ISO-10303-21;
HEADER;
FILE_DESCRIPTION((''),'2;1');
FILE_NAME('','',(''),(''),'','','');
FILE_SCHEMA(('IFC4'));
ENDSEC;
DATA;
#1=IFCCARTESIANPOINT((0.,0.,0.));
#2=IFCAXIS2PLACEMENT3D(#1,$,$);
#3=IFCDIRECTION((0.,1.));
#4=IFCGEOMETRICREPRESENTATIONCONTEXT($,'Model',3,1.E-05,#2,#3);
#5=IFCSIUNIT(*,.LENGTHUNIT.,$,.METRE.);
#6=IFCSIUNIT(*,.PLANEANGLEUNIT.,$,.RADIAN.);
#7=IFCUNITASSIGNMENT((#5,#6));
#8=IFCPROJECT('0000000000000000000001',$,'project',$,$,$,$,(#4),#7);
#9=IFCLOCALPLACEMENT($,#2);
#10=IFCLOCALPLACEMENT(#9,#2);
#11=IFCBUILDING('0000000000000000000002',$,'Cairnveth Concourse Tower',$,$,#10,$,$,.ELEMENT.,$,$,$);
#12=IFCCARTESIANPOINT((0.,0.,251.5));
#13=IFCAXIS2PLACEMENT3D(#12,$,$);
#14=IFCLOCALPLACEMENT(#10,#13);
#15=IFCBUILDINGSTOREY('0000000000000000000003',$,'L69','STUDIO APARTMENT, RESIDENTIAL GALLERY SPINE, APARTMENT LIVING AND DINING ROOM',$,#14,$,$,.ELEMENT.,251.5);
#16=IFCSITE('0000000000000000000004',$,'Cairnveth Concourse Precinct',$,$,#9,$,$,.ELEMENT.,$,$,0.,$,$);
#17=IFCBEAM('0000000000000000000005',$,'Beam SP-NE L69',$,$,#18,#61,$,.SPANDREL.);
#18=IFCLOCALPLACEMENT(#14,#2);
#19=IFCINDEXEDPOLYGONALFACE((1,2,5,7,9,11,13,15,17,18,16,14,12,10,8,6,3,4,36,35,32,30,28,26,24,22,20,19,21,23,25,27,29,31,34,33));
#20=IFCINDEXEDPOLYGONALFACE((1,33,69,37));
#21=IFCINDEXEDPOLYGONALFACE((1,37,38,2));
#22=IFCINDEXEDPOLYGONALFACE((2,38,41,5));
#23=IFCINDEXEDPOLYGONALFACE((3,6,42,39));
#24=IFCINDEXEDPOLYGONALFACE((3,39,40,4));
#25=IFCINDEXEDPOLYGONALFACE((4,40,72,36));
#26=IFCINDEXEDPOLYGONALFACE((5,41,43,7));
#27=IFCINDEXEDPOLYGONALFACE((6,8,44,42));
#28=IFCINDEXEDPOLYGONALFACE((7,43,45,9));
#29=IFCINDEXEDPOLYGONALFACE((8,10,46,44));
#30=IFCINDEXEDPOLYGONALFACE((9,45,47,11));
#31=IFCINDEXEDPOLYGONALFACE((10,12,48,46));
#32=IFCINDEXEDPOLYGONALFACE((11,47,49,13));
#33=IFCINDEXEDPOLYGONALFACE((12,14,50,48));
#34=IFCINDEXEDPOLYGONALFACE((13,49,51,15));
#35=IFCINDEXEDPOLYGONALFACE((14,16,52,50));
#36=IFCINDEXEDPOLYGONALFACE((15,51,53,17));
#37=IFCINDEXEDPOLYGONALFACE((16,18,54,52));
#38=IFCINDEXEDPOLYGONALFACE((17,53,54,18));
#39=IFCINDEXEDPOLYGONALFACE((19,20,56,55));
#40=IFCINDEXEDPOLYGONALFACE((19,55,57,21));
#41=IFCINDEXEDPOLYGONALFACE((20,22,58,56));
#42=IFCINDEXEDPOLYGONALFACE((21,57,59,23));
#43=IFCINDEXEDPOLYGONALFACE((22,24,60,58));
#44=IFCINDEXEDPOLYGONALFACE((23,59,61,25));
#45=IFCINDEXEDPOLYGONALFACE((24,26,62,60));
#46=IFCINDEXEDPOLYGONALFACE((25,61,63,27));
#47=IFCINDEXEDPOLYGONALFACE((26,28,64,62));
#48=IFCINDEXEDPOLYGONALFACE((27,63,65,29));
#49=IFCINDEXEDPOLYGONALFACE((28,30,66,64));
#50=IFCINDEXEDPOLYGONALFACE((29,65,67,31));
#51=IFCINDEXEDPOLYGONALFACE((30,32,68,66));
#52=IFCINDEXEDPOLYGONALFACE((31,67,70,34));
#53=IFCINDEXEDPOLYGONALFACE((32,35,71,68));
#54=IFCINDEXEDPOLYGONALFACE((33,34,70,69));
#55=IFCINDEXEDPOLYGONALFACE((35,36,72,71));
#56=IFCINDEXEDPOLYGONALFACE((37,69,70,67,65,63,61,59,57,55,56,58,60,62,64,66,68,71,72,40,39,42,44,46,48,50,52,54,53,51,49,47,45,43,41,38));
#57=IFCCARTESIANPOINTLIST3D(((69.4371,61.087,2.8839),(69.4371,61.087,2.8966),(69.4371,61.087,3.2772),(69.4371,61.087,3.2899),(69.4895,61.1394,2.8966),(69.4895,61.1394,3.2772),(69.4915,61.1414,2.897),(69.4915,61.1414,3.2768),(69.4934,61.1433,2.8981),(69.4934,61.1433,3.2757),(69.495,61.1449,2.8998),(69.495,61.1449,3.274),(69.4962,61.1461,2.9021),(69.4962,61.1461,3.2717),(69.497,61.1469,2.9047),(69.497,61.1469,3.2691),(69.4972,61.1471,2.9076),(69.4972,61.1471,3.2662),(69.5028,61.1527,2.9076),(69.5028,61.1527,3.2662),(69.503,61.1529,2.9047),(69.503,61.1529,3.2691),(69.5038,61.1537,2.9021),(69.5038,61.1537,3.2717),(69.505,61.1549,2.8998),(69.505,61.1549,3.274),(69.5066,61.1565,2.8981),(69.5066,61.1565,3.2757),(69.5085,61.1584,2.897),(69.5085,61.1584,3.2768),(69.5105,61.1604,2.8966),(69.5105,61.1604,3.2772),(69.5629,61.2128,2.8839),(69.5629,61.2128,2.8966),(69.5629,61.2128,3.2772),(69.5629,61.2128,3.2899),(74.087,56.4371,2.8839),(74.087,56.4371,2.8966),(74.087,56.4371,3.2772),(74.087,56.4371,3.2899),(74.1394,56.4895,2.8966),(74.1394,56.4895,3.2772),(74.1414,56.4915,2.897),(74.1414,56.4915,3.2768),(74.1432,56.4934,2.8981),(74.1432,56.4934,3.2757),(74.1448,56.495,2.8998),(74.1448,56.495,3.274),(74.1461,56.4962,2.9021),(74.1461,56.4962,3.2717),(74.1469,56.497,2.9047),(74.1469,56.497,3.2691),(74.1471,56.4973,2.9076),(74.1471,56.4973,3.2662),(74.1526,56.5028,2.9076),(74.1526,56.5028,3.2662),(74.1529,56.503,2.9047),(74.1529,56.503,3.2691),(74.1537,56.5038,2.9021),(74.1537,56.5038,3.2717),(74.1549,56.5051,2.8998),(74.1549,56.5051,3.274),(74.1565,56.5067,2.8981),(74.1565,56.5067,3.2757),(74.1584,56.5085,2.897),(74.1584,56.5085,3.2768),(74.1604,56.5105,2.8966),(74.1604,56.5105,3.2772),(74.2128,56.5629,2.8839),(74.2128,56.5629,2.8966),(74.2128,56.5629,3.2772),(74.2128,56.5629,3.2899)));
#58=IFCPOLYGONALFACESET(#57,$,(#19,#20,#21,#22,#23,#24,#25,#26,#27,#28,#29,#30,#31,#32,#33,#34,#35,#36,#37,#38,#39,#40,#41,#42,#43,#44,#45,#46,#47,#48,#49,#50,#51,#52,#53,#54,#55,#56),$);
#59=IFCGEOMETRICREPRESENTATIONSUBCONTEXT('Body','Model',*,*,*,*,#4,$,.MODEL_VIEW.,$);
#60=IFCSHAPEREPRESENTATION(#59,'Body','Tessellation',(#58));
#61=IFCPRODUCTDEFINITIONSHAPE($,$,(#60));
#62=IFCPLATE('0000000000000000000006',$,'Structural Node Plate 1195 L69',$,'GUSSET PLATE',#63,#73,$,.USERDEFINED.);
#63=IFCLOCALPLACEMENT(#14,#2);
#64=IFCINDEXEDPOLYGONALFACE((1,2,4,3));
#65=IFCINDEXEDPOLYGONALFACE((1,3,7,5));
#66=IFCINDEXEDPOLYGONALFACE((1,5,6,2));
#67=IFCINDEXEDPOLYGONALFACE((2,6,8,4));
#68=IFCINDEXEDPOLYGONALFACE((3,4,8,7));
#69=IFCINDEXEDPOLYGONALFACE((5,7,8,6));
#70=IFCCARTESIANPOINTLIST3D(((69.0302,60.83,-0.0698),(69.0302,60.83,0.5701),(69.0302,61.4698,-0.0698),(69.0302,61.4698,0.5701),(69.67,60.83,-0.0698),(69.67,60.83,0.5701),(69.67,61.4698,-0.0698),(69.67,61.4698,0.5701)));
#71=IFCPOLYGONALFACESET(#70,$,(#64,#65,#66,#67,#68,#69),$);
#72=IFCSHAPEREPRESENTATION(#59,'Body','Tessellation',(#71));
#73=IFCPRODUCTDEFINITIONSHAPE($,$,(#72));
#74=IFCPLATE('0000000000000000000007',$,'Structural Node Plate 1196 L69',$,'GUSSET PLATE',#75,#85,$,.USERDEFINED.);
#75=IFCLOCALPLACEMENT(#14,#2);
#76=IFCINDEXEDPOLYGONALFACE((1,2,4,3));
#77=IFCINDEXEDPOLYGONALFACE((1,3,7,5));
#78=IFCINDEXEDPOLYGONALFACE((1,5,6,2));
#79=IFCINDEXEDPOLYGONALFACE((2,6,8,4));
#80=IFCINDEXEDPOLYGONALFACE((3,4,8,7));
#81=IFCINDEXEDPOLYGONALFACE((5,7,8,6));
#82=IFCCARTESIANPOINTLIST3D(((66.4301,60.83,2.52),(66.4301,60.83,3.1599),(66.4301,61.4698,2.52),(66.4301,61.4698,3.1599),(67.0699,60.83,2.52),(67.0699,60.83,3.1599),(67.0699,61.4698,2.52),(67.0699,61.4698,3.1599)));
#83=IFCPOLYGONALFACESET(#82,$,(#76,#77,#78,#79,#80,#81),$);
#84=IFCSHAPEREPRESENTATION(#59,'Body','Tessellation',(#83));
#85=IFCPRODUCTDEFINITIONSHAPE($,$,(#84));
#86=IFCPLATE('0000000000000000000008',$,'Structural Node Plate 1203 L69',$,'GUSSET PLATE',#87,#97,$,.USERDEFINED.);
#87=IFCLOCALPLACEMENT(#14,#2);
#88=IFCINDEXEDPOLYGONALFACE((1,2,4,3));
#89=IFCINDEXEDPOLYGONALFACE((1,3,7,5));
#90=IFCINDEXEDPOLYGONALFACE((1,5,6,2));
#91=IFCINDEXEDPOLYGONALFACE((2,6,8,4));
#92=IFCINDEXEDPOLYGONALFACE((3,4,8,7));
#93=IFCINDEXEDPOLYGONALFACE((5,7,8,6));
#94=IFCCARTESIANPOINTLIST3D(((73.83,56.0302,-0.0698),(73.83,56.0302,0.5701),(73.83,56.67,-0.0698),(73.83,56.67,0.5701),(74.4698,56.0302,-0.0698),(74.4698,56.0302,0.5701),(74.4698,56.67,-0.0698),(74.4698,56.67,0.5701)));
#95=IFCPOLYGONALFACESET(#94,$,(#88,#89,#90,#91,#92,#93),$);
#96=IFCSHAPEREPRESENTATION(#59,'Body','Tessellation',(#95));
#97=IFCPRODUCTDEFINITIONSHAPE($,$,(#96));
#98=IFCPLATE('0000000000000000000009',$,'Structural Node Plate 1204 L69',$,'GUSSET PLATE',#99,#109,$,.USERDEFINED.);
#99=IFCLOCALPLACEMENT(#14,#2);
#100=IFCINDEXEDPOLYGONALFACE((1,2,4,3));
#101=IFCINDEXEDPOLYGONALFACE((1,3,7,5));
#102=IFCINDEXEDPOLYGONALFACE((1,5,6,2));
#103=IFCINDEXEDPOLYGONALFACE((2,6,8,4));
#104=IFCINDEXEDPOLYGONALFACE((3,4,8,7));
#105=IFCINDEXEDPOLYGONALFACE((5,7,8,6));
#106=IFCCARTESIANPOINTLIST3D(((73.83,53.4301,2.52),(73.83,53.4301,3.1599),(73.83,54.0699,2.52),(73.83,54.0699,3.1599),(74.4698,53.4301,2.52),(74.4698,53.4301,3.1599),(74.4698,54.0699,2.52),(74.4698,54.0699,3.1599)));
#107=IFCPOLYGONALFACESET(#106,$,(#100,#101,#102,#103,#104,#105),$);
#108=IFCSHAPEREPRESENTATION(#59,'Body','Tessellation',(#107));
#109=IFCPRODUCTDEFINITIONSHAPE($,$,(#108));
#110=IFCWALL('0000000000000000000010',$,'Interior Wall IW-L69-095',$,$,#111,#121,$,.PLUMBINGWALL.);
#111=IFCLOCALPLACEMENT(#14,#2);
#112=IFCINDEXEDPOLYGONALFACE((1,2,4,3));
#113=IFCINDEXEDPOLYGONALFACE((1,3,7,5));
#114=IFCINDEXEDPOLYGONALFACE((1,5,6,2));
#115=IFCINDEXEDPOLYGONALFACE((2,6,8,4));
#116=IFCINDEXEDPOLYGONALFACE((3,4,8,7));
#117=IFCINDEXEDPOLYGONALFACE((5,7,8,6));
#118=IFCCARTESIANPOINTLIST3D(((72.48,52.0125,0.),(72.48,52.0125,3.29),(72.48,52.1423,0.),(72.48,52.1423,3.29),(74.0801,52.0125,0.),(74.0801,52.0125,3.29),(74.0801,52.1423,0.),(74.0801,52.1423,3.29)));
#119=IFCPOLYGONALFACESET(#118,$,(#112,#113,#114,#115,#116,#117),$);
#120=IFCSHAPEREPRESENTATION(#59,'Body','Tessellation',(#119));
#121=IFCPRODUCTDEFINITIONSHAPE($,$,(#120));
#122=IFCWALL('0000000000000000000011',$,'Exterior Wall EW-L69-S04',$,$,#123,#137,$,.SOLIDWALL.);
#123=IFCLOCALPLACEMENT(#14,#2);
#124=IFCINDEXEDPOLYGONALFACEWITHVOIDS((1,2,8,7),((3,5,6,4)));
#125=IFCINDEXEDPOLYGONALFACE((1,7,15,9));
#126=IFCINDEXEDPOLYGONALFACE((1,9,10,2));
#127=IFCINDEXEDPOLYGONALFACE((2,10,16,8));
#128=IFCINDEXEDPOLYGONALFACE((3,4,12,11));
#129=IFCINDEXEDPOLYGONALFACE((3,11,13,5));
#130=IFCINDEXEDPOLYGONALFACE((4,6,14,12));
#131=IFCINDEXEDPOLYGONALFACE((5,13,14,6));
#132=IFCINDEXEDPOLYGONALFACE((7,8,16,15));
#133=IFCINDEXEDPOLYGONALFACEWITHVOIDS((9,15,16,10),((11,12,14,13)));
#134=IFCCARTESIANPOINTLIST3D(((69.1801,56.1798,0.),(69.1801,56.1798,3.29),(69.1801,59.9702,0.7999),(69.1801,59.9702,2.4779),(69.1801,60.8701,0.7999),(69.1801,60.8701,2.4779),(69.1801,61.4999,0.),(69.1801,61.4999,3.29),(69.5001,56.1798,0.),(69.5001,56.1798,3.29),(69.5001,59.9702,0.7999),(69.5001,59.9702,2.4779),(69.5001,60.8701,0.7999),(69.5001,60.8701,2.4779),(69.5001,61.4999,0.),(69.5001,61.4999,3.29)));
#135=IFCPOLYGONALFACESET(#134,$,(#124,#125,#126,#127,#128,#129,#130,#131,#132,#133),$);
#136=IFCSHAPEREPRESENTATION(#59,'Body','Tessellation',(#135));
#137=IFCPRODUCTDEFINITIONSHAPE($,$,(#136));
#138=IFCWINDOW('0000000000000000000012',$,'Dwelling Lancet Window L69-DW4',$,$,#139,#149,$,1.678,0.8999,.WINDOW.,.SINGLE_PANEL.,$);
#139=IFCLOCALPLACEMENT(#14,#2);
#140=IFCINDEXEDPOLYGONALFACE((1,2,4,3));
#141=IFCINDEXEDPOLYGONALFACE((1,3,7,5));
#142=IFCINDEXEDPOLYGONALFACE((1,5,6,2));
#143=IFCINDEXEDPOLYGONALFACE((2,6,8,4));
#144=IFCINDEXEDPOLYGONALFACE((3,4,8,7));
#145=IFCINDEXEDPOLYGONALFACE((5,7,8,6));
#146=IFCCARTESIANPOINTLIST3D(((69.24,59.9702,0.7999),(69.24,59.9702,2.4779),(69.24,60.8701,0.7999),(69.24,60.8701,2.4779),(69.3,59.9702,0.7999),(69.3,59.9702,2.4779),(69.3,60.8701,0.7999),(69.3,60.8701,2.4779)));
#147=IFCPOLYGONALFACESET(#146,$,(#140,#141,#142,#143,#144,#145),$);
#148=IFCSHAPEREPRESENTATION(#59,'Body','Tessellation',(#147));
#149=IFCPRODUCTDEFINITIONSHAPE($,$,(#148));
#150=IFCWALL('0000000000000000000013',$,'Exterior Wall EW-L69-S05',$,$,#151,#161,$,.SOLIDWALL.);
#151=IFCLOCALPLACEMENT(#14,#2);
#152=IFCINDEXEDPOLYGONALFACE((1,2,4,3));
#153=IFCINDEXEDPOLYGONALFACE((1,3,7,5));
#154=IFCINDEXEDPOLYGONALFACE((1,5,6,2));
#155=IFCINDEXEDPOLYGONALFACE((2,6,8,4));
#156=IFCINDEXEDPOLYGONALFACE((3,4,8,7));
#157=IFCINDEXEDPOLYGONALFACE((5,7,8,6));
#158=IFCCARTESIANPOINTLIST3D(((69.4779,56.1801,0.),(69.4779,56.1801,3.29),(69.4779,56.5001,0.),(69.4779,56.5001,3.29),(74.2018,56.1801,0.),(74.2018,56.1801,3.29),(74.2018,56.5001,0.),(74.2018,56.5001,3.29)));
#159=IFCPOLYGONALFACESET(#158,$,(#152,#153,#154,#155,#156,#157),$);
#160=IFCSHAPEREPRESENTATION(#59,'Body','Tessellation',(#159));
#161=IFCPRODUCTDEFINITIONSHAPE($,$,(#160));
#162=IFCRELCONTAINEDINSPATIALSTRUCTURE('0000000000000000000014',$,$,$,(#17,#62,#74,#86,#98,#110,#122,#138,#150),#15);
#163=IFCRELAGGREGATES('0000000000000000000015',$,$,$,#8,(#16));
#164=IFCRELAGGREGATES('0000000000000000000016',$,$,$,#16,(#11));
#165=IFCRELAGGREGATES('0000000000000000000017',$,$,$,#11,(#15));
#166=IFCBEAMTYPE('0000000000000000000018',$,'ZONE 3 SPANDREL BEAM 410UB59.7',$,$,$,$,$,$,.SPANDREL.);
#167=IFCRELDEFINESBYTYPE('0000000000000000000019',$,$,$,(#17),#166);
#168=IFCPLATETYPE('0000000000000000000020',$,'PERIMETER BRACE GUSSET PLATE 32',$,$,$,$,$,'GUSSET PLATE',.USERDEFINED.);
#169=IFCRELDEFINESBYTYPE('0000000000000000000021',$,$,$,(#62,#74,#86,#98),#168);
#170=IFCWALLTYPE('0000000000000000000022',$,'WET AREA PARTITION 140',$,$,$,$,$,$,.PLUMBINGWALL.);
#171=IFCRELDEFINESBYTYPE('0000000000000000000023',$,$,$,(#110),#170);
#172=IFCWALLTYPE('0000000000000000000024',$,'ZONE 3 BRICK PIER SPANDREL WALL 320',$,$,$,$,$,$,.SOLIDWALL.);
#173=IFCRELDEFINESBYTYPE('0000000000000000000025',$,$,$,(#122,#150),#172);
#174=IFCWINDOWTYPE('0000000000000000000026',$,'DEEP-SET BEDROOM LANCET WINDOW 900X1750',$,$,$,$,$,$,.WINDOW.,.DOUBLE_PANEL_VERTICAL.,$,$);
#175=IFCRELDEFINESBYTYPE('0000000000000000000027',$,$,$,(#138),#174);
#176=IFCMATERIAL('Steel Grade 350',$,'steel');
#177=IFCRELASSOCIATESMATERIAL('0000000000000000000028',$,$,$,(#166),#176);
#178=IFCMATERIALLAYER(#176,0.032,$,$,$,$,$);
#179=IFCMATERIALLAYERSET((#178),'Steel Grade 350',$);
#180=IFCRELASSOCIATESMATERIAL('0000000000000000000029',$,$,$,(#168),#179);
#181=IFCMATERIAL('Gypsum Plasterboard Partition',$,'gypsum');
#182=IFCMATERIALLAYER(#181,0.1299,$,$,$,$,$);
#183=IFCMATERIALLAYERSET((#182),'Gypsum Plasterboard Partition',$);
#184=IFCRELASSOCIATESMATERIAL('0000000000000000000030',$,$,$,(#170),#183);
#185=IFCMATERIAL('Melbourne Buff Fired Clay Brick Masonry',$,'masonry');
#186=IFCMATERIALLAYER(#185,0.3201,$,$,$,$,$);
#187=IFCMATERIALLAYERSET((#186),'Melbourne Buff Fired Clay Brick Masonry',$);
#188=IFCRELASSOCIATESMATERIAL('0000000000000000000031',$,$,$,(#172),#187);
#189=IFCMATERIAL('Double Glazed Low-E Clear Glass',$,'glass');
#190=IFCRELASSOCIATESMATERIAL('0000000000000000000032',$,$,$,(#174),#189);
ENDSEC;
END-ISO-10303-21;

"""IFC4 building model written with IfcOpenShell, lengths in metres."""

from ifc_helpers import new_model, si_unit, direction, frame, frame_2d, origin, origin_2d, place, context, subcontext, project, spatial, rectangle, i_section, extrude, material, layer, layer_set, material_profile, profile_set, type_object, element, fill, save


model = new_model("IFC4")

# Units and contexts
model_context = context("Model", 3, precision=1e-05, world=origin(), true_north=direction((0.0, 1.0)))
body_context = subcontext(model_context, "Body", "Model", "MODEL_VIEW")
ifc_project = project(units=[si_unit("LENGTHUNIT", "METRE"), si_unit("PLANEANGLEUNIT", "RADIAN")], contexts=[model_context])

# Site, building, storey
site_placement = place(None, origin())
site = spatial("IfcSite", under=ifc_project, at=site_placement, Name="Cairnveth Concourse Precinct", CompositionType="ELEMENT", RefElevation=0.0)
building_placement = place(site_placement, origin())
building = spatial("IfcBuilding", under=site, at=building_placement, Name="Cairnveth Concourse Tower", CompositionType="ELEMENT")
storey_placement = place(building_placement, frame((0.0, 0.0, 251.5)))
storey = spatial("IfcBuildingStorey", under=building, at=storey_placement, Name="L69", Description="STUDIO APARTMENT, RESIDENTIAL GALLERY SPINE, APARTMENT LIVING AND DINING ROOM", CompositionType="ELEMENT", Elevation=251.5)

# Shared definitions
ifc_material_1 = material(Name="Steel Grade 350", Category="steel")

# Beam
ifc_material_profile_1 = material_profile(ifc_material_1, i_section(OverallWidth=0.178, OverallDepth=0.406, WebThickness=0.0078, FlangeThickness=0.0127, FilletRadius=0.011, at=origin_2d()), Name="410UB59.7")
ifc_profile_set_1 = profile_set([ifc_material_profile_1], Name="Steel Grade 350")
beam_type_1 = type_object("IfcBeamType", Name="ZONE 3 SPANDREL BEAM 410UB59.7", PredefinedType="SPANDREL", material=ifc_profile_set_1)
beam_1_placement = place(storey_placement, frame((69.5, 61.1499, 3.0869), z_axis=(0.707107, -0.707107, 0.0), x_axis=(0.707107, 0.707107, 0.0)))
element("IfcBeam", 1, at=beam_1_placement, inside=storey, type_object=beam_type_1, Name="Beam SP-NE L69", PredefinedType="SPANDREL", context=body_context, shape_type="SweptSolid", body=[
    extrude(i_section(OverallWidth=0.178, OverallDepth=0.406, WebThickness=0.0078, FlangeThickness=0.0127, FilletRadius=0.011, at=origin_2d()), origin(), (0.0, 0.0, 1.0), 6.5759),
])

# Plates
ifc_layer_1 = layer(ifc_material_1, 0.032)
ifc_layer_set_1 = layer_set([ifc_layer_1], Name="Steel Grade 350")
plate_type = type_object("IfcPlateType", Name="PERIMETER BRACE GUSSET PLATE 32", ElementType="GUSSET PLATE", PredefinedType="USERDEFINED", material=ifc_layer_set_1)
for number, where, z_axis, x_axis, name in (
    (2, (69.3501, 61.1499, -0.0698), (0.0, 0.0, 1.0), (1.0, 0.0, 0.0), "Structural Node Plate 1195 L69"),
    (3, (66.75, 61.1499, 2.52), (0.0, 0.0, 1.0), (1.0, 0.0, 0.0), "Structural Node Plate 1196 L69"),
    (4, (74.1499, 56.3501, -0.0698), (0.0, 0.0, 1.0), (1.0, 0.0, 0.0), "Structural Node Plate 1203 L69"),
    (5, (74.1499, 53.75, 2.52), (0.0, 0.0, 1.0), (1.0, 0.0, 0.0), "Structural Node Plate 1204 L69"),
):
    element("IfcPlate", number, at=place(storey_placement, frame(where, z_axis=z_axis, x_axis=x_axis)), inside=storey, type_object=plate_type, Name=name, ObjectType="GUSSET PLATE", PredefinedType="USERDEFINED", context=body_context, shape_type="SweptSolid", body=[
        extrude(rectangle(XDim=0.6399, YDim=0.6399, at=origin_2d()), origin(), (0.0, 0.0, 1.0), 0.6399),
    ])

# Wall
ifc_material_2 = material(Name="Gypsum Plasterboard Partition", Category="gypsum")
ifc_layer_2 = layer(ifc_material_2, 0.1299)
ifc_layer_set_2 = layer_set([ifc_layer_2], Name="Gypsum Plasterboard Partition")
wall_type_1 = type_object("IfcWallType", Name="WET AREA PARTITION 140", PredefinedType="PLUMBINGWALL", material=ifc_layer_set_2)
wall_1_placement = place(storey_placement, frame((72.48, 52.0774, 0.0), z_axis=(0.0, 0.0, 1.0), x_axis=(1.0, 0.0, 0.0)))
element("IfcWall", 6, at=wall_1_placement, inside=storey, type_object=wall_type_1, Name="Interior Wall IW-L69-095", PredefinedType="PLUMBINGWALL", context=body_context, shape_type="SweptSolid", body=[
    extrude(rectangle(XDim=1.6001, YDim=0.1299, at=frame_2d((0.8, 0.0))), origin(), (0.0, 0.0, 1.0), 3.29),
])

# Wall, opening, window
ifc_material_3 = material(Name="Melbourne Buff Fired Clay Brick Masonry", Category="masonry")
ifc_layer_3 = layer(ifc_material_3, 0.3201)
ifc_layer_set_3 = layer_set([ifc_layer_3], Name="Melbourne Buff Fired Clay Brick Masonry")
wall_type_2 = type_object("IfcWallType", Name="ZONE 3 BRICK PIER SPANDREL WALL 320", PredefinedType="SOLIDWALL", material=ifc_layer_set_3)
wall_2_placement = place(storey_placement, frame((69.3401, 61.5, 0.0), z_axis=(0.0, 0.0, 1.0), x_axis=(0.0, -1.0, 0.0)))
wall_2 = element("IfcWall", 7, at=wall_2_placement, inside=storey, type_object=wall_type_2, Name="Exterior Wall EW-L69-S04", PredefinedType="SOLIDWALL", context=body_context, shape_type="SweptSolid", body=[
    extrude(rectangle(XDim=5.3201, YDim=0.3201, at=frame_2d((2.6602, 0.0))), origin(), (0.0, 0.0, 1.0), 3.29),
])
opening_1_placement = place(wall_2_placement, frame((0.6299, 0.0, 0.8)))
opening_1 = element("IfcOpeningElement", 8, at=opening_1_placement, cuts=wall_2, PredefinedType="OPENING", context=body_context, shape_type="SweptSolid", body=[
    extrude(rectangle(XDim=0.8999, YDim=1.678, at=frame_2d((0.45, 0.8389))), frame((0.0, 0.1699, 0.0), z_axis=(0.0, -1.0, 0.0), x_axis=(1.0, 0.0, 0.0)), (0.0, 0.0, 1.0), 0.3401),
])
ifc_material_4 = material(Name="Double Glazed Low-E Clear Glass", Category="glass")
window_type_1 = type_object("IfcWindowType", Name="DEEP-SET BEDROOM LANCET WINDOW 900X1750", PartitioningType="DOUBLE_PANEL_VERTICAL", PredefinedType="WINDOW", material=ifc_material_4)
window_1_placement = place(opening_1_placement, origin())
window_1 = element("IfcWindow", 9, at=window_1_placement, inside=storey, type_object=window_type_1, Name="Dwelling Lancet Window L69-DW4", OverallHeight=1.678, OverallWidth=0.8999, PartitioningType="SINGLE_PANEL", PredefinedType="WINDOW", context=body_context, shape_type="SweptSolid", body=[
    extrude(rectangle(XDim=0.8999, YDim=1.678, at=frame_2d((0.45, 0.8389))), frame((0.0, -0.04, 0.0), z_axis=(0.0, -1.0, 0.0), x_axis=(1.0, 0.0, 0.0)), (0.0, 0.0, 1.0), 0.0601),
])
fill(opening_1, window_1)

# Wall
wall_3_placement = place(storey_placement, frame((69.478, 56.3401, 0.0), z_axis=(0.0, 0.0, 1.0), x_axis=(1.0, 0.0, 0.0)))
element("IfcWall", 10, at=wall_3_placement, inside=storey, type_object=wall_type_2, Name="Exterior Wall EW-L69-S05", PredefinedType="SOLIDWALL", context=body_context, shape_type="SweptSolid", body=[
    extrude(rectangle(XDim=4.7239, YDim=0.3201, at=frame_2d((2.3618, 0.0))), origin(), (0.0, 0.0, 1.0), 3.29),
])

save(model, "model.ifc")
